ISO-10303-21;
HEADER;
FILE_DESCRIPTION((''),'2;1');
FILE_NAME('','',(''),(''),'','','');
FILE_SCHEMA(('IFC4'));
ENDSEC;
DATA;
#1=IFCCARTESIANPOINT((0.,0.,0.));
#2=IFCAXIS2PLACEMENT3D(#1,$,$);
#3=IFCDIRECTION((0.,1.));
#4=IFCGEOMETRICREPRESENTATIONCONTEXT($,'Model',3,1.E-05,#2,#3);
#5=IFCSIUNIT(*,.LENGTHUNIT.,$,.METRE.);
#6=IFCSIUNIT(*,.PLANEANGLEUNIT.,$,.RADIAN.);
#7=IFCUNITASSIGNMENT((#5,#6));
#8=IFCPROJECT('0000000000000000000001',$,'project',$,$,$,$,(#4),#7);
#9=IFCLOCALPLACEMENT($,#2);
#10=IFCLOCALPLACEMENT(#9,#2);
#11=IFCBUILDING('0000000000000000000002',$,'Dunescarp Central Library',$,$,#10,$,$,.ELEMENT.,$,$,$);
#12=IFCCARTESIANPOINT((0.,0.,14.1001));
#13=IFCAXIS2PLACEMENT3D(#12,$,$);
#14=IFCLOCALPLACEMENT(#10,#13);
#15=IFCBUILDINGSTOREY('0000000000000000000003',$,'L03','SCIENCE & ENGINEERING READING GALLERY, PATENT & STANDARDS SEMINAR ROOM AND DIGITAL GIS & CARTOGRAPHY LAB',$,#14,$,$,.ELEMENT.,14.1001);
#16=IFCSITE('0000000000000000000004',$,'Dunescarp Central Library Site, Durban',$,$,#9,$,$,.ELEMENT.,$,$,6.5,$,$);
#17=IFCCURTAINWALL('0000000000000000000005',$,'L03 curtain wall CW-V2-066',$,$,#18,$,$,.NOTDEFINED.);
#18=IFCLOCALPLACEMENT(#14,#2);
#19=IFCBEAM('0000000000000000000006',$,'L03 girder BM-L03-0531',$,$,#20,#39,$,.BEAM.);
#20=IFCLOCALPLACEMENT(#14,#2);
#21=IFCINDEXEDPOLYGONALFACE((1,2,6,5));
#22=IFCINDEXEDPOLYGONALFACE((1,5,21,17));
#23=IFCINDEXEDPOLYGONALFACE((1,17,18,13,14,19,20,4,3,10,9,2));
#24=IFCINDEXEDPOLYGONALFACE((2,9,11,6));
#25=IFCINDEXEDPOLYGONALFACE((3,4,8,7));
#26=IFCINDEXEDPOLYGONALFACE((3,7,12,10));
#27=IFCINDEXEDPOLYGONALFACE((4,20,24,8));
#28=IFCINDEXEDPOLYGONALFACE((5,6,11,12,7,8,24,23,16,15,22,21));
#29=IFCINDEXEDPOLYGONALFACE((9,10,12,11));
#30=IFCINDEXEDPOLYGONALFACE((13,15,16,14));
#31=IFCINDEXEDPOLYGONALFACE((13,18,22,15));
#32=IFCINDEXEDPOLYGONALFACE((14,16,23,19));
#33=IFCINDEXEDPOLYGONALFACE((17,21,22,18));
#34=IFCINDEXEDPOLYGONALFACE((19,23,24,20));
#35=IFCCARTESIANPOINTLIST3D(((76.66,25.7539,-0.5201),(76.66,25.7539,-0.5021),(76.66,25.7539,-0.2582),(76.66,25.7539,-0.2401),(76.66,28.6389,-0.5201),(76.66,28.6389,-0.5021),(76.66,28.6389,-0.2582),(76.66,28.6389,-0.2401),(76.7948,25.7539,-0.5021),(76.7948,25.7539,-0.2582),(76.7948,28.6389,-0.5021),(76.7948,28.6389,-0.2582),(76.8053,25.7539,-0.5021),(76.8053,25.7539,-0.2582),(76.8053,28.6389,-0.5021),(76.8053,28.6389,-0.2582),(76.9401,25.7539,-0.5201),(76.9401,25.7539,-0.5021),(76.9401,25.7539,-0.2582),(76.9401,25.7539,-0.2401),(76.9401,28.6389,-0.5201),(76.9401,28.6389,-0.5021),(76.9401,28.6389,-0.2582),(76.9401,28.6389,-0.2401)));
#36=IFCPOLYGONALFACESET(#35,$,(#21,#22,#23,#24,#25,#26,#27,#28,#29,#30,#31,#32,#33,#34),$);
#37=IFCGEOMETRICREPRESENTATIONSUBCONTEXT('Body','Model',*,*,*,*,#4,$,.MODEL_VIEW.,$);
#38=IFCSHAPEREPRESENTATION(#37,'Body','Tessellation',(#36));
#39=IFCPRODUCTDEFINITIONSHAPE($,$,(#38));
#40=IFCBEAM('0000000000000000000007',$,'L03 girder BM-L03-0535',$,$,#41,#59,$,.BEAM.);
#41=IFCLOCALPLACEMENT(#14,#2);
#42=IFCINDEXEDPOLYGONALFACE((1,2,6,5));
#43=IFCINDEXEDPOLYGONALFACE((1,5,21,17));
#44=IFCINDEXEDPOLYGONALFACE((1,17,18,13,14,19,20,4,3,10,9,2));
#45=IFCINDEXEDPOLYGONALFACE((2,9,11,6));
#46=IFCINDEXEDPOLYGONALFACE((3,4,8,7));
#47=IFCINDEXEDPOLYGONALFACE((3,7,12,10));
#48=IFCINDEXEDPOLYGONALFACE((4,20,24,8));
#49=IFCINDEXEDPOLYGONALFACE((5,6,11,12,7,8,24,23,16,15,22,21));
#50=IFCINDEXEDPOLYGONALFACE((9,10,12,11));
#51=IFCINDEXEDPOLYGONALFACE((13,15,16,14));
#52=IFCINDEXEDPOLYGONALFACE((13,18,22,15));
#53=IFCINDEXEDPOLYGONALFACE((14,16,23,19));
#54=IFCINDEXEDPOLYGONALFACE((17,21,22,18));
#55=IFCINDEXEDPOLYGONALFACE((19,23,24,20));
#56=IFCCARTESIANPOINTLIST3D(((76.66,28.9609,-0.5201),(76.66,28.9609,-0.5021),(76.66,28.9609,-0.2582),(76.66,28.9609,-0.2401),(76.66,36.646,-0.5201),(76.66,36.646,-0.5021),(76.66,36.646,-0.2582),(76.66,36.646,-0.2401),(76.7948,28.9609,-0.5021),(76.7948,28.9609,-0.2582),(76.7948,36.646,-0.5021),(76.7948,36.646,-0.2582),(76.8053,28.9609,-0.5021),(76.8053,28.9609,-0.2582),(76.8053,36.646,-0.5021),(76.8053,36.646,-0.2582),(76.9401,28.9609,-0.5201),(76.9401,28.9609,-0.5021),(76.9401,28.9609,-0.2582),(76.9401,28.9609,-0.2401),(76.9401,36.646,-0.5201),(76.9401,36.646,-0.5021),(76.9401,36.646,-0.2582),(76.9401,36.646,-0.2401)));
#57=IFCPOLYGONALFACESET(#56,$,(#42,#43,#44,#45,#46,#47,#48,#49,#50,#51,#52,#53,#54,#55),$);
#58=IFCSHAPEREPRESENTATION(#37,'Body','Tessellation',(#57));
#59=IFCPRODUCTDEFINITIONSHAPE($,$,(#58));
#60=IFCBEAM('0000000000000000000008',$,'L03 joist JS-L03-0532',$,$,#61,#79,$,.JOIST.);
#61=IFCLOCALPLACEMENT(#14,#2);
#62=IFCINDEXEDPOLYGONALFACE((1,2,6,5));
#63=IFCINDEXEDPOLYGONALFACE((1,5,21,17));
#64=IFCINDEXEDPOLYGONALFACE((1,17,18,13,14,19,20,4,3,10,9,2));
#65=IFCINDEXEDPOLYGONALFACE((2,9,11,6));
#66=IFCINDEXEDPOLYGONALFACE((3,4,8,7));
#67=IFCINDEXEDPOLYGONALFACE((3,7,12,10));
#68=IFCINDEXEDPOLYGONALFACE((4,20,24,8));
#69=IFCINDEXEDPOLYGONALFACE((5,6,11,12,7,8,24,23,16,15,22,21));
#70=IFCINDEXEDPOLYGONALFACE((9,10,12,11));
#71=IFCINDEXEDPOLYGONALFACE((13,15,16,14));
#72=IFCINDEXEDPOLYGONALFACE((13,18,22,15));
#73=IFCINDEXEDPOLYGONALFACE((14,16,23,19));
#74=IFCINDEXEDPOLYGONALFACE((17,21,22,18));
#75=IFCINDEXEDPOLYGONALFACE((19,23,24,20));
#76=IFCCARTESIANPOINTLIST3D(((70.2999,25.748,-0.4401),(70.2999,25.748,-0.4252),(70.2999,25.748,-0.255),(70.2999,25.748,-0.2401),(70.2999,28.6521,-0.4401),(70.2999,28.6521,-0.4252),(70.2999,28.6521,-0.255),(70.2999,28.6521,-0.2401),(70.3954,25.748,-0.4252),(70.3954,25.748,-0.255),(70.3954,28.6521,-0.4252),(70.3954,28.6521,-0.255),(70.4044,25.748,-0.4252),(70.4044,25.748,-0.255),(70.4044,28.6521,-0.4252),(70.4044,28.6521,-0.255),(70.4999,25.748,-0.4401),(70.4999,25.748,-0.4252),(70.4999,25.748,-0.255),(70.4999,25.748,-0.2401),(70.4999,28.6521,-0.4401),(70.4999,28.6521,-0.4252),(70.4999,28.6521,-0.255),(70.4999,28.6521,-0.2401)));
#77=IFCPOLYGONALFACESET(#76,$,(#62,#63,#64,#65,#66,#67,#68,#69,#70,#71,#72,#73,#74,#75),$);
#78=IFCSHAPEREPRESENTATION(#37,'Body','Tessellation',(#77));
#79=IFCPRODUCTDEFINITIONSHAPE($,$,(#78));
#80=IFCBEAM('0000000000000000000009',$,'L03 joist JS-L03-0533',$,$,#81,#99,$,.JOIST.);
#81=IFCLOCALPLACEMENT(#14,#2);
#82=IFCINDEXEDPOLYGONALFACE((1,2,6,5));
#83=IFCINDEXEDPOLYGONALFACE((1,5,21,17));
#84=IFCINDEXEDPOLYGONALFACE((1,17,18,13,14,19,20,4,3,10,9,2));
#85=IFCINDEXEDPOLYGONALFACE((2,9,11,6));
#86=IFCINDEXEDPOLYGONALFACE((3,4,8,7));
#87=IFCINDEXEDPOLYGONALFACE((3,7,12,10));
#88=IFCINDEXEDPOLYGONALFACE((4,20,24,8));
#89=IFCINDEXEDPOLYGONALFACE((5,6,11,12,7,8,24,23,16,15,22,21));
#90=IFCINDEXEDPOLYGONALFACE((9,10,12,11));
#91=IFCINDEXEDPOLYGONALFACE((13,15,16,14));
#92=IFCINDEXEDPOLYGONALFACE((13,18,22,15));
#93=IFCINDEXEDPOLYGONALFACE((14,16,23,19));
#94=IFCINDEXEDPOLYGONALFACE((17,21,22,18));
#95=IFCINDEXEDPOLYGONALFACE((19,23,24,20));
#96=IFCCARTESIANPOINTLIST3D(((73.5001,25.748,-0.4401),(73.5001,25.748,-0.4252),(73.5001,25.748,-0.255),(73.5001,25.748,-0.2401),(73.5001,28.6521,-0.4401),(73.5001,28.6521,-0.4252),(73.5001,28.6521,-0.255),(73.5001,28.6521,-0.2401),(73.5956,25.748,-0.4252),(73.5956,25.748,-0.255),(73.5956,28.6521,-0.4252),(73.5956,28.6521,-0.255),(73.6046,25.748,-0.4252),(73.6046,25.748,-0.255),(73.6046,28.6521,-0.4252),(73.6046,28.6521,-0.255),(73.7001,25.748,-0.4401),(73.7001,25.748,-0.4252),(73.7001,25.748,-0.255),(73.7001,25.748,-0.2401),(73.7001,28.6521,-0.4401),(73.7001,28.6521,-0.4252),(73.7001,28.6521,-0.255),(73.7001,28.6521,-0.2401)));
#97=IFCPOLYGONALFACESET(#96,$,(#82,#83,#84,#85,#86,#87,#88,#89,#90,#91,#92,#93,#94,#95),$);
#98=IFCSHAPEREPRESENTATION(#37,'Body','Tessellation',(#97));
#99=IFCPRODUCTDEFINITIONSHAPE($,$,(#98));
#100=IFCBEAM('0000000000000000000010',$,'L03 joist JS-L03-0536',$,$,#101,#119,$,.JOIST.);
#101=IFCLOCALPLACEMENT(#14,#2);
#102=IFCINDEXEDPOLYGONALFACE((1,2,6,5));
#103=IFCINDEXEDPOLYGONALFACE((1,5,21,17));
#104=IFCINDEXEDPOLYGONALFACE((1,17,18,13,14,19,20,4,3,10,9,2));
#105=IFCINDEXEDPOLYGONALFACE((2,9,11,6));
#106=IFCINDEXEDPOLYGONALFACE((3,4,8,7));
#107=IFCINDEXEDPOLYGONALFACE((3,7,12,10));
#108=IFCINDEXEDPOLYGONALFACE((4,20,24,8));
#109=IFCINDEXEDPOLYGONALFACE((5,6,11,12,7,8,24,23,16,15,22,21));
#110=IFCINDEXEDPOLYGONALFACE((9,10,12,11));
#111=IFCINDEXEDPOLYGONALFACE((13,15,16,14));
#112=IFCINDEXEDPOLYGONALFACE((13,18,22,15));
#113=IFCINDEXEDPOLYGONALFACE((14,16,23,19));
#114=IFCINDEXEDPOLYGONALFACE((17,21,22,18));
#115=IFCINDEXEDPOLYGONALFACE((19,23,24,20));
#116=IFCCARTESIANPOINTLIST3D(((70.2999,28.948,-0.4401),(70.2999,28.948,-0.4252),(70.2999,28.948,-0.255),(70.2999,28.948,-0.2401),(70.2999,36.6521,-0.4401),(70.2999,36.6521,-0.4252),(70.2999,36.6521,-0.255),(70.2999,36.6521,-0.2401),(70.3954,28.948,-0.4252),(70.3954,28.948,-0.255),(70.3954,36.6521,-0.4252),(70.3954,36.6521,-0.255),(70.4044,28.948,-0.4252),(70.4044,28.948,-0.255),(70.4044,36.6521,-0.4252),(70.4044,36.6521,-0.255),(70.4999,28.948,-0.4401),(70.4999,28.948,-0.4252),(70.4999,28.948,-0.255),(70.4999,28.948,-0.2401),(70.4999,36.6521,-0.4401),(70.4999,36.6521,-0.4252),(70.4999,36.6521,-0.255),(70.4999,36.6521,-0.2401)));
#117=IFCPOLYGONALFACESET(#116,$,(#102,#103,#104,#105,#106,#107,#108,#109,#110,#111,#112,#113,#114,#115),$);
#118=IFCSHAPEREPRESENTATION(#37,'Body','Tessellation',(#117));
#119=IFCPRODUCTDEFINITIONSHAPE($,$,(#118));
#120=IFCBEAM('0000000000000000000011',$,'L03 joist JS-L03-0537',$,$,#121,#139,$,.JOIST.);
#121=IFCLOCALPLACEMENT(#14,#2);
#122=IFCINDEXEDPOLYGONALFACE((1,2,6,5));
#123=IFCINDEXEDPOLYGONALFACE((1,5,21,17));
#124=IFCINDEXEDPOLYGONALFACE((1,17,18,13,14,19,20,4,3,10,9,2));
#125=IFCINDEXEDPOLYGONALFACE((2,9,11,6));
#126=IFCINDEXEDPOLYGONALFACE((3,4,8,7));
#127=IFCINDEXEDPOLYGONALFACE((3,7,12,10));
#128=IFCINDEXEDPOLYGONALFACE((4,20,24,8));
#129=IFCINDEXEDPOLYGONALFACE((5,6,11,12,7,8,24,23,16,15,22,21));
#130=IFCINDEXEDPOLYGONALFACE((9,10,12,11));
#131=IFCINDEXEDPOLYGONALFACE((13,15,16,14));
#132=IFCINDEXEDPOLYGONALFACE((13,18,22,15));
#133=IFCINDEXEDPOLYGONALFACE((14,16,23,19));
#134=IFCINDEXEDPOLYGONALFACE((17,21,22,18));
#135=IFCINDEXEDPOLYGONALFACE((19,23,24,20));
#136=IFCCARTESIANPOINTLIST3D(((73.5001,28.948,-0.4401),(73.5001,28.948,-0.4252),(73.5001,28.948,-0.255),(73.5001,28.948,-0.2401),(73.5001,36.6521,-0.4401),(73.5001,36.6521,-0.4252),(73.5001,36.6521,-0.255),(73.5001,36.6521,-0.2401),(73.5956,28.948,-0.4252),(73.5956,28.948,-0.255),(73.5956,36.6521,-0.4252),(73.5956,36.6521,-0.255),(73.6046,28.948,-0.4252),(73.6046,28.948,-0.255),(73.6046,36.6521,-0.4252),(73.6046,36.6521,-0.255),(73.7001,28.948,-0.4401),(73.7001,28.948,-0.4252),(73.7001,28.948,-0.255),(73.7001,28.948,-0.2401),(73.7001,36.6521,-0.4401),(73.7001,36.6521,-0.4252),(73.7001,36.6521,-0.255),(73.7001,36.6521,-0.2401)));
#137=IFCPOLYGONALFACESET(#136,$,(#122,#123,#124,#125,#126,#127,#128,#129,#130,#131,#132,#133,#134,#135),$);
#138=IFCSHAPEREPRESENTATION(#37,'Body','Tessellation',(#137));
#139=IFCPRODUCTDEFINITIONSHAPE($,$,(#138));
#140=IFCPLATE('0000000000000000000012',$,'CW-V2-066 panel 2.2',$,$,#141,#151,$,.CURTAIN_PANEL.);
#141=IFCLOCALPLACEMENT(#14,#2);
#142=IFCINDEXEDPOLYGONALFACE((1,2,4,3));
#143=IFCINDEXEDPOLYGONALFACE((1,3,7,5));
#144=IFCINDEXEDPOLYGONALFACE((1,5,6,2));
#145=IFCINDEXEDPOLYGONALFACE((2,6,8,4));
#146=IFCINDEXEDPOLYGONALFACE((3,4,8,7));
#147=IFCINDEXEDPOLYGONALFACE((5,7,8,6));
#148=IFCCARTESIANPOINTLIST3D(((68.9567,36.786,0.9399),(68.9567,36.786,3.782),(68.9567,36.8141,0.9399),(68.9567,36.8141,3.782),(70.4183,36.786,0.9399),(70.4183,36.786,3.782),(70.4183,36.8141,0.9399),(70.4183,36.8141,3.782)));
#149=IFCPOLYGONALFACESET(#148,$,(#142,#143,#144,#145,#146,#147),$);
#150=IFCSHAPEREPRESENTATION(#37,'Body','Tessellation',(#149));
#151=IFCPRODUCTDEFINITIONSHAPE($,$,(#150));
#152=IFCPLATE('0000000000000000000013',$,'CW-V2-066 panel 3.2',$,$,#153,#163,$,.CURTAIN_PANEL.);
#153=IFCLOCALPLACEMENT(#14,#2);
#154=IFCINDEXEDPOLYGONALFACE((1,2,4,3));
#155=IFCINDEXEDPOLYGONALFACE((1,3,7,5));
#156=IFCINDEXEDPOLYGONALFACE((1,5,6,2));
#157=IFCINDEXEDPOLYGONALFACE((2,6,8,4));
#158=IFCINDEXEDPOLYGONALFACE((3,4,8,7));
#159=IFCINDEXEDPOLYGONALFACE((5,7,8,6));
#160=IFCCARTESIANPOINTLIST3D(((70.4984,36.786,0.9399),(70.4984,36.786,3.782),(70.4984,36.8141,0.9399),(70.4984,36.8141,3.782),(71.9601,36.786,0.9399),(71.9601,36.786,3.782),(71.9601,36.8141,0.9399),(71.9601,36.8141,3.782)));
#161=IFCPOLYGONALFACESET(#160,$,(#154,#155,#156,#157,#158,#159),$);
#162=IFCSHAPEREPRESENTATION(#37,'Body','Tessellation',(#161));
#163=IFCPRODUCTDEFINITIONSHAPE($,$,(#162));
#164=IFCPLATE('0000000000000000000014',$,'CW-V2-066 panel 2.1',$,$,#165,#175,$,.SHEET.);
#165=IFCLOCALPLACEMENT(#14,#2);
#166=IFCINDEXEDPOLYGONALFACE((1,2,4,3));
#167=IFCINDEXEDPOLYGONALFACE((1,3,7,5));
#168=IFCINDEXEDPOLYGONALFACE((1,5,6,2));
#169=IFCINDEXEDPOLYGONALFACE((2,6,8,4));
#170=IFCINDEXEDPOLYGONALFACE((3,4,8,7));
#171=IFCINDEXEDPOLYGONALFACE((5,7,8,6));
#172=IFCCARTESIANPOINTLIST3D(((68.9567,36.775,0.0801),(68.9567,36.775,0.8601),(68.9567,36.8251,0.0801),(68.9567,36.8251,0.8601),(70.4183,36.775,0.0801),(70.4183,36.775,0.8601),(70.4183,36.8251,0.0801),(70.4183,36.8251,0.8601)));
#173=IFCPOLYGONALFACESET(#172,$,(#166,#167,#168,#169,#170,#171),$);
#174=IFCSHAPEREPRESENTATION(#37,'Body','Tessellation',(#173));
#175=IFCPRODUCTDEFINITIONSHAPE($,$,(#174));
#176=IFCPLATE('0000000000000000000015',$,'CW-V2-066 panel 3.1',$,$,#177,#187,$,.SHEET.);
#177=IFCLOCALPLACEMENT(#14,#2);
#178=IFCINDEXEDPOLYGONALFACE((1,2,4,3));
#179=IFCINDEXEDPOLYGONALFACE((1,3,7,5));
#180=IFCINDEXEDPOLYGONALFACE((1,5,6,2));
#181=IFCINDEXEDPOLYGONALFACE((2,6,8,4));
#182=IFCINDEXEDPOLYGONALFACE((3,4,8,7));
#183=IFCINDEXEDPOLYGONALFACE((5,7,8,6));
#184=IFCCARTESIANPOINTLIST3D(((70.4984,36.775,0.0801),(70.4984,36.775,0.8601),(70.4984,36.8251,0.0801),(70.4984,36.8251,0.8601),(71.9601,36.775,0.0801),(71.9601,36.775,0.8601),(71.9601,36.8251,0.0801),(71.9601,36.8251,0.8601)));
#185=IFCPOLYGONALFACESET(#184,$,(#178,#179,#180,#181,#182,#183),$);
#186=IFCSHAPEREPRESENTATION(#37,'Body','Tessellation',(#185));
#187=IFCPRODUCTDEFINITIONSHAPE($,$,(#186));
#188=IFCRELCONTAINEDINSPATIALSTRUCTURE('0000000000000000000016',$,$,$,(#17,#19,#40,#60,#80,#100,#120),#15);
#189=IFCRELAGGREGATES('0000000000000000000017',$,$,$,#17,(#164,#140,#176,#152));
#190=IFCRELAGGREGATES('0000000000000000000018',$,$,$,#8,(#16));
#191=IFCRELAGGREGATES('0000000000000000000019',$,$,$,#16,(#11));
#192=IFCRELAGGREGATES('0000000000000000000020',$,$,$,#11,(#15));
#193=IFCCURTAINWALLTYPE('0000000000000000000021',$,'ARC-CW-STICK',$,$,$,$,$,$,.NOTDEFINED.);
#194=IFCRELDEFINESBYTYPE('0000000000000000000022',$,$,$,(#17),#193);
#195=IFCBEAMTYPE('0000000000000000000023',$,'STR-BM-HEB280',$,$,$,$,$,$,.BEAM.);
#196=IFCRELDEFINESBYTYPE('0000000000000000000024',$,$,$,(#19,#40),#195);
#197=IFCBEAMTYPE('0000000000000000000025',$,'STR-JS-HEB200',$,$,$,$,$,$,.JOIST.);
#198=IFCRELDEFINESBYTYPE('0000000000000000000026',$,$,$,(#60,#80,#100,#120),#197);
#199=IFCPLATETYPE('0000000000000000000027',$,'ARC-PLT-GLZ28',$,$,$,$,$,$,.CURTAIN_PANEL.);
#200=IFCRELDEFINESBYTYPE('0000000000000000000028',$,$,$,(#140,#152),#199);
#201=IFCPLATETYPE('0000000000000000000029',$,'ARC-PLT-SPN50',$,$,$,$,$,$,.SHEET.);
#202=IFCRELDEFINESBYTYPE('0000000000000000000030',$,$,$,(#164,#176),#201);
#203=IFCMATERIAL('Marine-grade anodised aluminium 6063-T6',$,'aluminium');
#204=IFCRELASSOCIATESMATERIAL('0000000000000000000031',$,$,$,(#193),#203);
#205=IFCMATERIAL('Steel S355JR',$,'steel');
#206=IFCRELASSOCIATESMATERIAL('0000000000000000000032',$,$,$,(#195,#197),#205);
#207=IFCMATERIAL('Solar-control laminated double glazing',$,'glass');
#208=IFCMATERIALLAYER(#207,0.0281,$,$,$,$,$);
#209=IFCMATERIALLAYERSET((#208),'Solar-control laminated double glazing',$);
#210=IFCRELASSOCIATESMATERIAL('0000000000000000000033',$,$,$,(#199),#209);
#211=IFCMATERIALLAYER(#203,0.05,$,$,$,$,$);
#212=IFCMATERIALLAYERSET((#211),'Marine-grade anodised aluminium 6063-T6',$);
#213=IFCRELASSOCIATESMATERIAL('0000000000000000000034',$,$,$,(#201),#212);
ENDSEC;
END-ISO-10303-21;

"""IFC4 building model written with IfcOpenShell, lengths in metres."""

from ifc_helpers import new_model, si_unit, direction, frame, origin, origin_2d, place, context, subcontext, project, spatial, rectangle, i_section, extrude, material, layer, layer_set, material_profile, profile_set, type_object, element, aggregate, save


model = new_model("IFC4")

# Units and contexts
model_context = context("Model", 3, precision=1e-05, world=origin(), true_north=direction((0.0, 1.0)))
body_context = subcontext(model_context, "Body", "Model", "MODEL_VIEW")
ifc_project = project(units=[si_unit("LENGTHUNIT", "METRE"), si_unit("PLANEANGLEUNIT", "RADIAN")], contexts=[model_context])

# Site, building, storey
site_placement = place(None, origin())
site = spatial("IfcSite", under=ifc_project, at=site_placement, Name="Dunescarp Central Library Site, Durban", CompositionType="ELEMENT", RefElevation=6.5)
building_placement = place(site_placement, origin())
building = spatial("IfcBuilding", under=site, at=building_placement, Name="Dunescarp Central Library", CompositionType="ELEMENT")
storey_placement = place(building_placement, frame((0.0, 0.0, 14.1001)))
storey = spatial("IfcBuildingStorey", under=building, at=storey_placement, Name="L03", Description="SCIENCE & ENGINEERING READING GALLERY, PATENT & STANDARDS SEMINAR ROOM AND DIGITAL GIS & CARTOGRAPHY LAB", CompositionType="ELEMENT", Elevation=14.1001)

# Shared definitions
ifc_material_1 = material(Name="Steel S355JR", Category="steel")

# Curtain wall
ifc_material_2 = material(Name="Marine-grade anodised aluminium 6063-T6", Category="aluminium")
curtain_wall_type = type_object("IfcCurtainWallType", Name="ARC-CW-STICK", PredefinedType="NOTDEFINED", material=ifc_material_2)
curtain_wall_placement = place(storey_placement, origin())
curtain_wall = element("IfcCurtainWall", 1, at=curtain_wall_placement, inside=storey, type_object=curtain_wall_type, Name="L03 curtain wall CW-V2-066", PredefinedType="NOTDEFINED")

# Beams
ifc_material_profile_1 = material_profile(ifc_material_1, i_section(OverallWidth=0.28, OverallDepth=0.28, WebThickness=0.0105, FlangeThickness=0.0181, at=origin_2d()), Name="HEB 280")
ifc_profile_set_1 = profile_set([ifc_material_profile_1], Name="Steel S355JR")
beam_type_1 = type_object("IfcBeamType", Name="STR-BM-HEB280", PredefinedType="BEAM", material=ifc_profile_set_1)
beam_1_placement = place(storey_placement, frame((76.8, 25.7539, -0.3801), z_axis=(0.0, 1.0, 0.0), x_axis=(-1.0, 0.0, 0.0)))
element("IfcBeam", 2, at=beam_1_placement, inside=storey, type_object=beam_type_1, Name="L03 girder BM-L03-0531", PredefinedType="BEAM", context=body_context, shape_type="SweptSolid", body=[
    extrude(i_section(OverallWidth=0.28, OverallDepth=0.28, WebThickness=0.0105, FlangeThickness=0.0181, at=origin_2d()), origin(), (0.0, 0.0, 1.0), 2.885),
])
beam_2_placement = place(storey_placement, frame((76.8, 28.9609, -0.3801), z_axis=(0.0, 1.0, 0.0), x_axis=(-1.0, 0.0, 0.0)))
element("IfcBeam", 3, at=beam_2_placement, inside=storey, type_object=beam_type_1, Name="L03 girder BM-L03-0535", PredefinedType="BEAM", context=body_context, shape_type="SweptSolid", body=[
    extrude(i_section(OverallWidth=0.28, OverallDepth=0.28, WebThickness=0.0105, FlangeThickness=0.0181, at=origin_2d()), origin(), (0.0, 0.0, 1.0), 7.6851),
])
ifc_material_profile_2 = material_profile(ifc_material_1, i_section(OverallWidth=0.2, OverallDepth=0.2, WebThickness=0.009, FlangeThickness=0.0149, at=origin_2d()), Name="HEB 200")
ifc_profile_set_2 = profile_set([ifc_material_profile_2], Name="Steel S355JR")
beam_type_2 = type_object("IfcBeamType", Name="STR-JS-HEB200", PredefinedType="JOIST", material=ifc_profile_set_2)
for number, where, z_axis, x_axis, name in (
    (4, (70.3999, 25.748, -0.3401), (0.0, 1.0, 0.0), (-1.0, 0.0, 0.0), "L03 joist JS-L03-0532"),
    (5, (73.6001, 25.748, -0.3401), (0.0, 1.0, 0.0), (-1.0, 0.0, 0.0), "L03 joist JS-L03-0533"),
):
    element("IfcBeam", number, at=place(storey_placement, frame(where, z_axis=z_axis, x_axis=x_axis)), inside=storey, type_object=beam_type_2, Name=name, PredefinedType="JOIST", context=body_context, shape_type="SweptSolid", body=[
        extrude(i_section(OverallWidth=0.2, OverallDepth=0.2, WebThickness=0.009, FlangeThickness=0.0149, at=origin_2d()), origin(), (0.0, 0.0, 1.0), 2.9041),
    ])
for number, where, z_axis, x_axis, name in (
    (6, (70.3999, 28.948, -0.3401), (0.0, 1.0, 0.0), (-1.0, 0.0, 0.0), "L03 joist JS-L03-0536"),
    (7, (73.6001, 28.948, -0.3401), (0.0, 1.0, 0.0), (-1.0, 0.0, 0.0), "L03 joist JS-L03-0537"),
):
    element("IfcBeam", number, at=place(storey_placement, frame(where, z_axis=z_axis, x_axis=x_axis)), inside=storey, type_object=beam_type_2, Name=name, PredefinedType="JOIST", context=body_context, shape_type="SweptSolid", body=[
        extrude(i_section(OverallWidth=0.2, OverallDepth=0.2, WebThickness=0.009, FlangeThickness=0.0149, at=origin_2d()), origin(), (0.0, 0.0, 1.0), 7.7041),
    ])

# Plates
ifc_material_3 = material(Name="Solar-control laminated double glazing", Category="glass")
ifc_layer_1 = layer(ifc_material_3, 0.0281)
ifc_layer_set_1 = layer_set([ifc_layer_1], Name="Solar-control laminated double glazing")
plate_type_1 = type_object("IfcPlateType", Name="ARC-PLT-GLZ28", PredefinedType="CURTAIN_PANEL", material=ifc_layer_set_1)
plate_1_placement = place(storey_placement, frame((69.6875, 36.8, 0.9399), z_axis=(0.0, 0.0, 1.0), x_axis=(1.0, 0.0, 0.0)))
plate_1 = element("IfcPlate", 8, at=plate_1_placement, type_object=plate_type_1, Name="CW-V2-066 panel 2.2", PredefinedType="CURTAIN_PANEL", context=body_context, shape_type="SweptSolid", body=[
    extrude(rectangle(XDim=1.4617, YDim=0.0281, at=origin_2d()), origin(), (0.0, 0.0, 1.0), 2.842),
])
plate_2_placement = place(storey_placement, frame((71.2292, 36.8, 0.9399), z_axis=(0.0, 0.0, 1.0), x_axis=(1.0, 0.0, 0.0)))
plate_2 = element("IfcPlate", 9, at=plate_2_placement, type_object=plate_type_1, Name="CW-V2-066 panel 3.2", PredefinedType="CURTAIN_PANEL", context=body_context, shape_type="SweptSolid", body=[
    extrude(rectangle(XDim=1.4617, YDim=0.0281, at=origin_2d()), origin(), (0.0, 0.0, 1.0), 2.842),
])
ifc_layer_2 = layer(ifc_material_2, 0.05)
ifc_layer_set_2 = layer_set([ifc_layer_2], Name="Marine-grade anodised aluminium 6063-T6")
plate_type_2 = type_object("IfcPlateType", Name="ARC-PLT-SPN50", PredefinedType="SHEET", material=ifc_layer_set_2)
plate_3_placement = place(storey_placement, frame((69.6875, 36.8, 0.0801), z_axis=(0.0, 0.0, 1.0), x_axis=(1.0, 0.0, 0.0)))
plate_3 = element("IfcPlate", 10, at=plate_3_placement, type_object=plate_type_2, Name="CW-V2-066 panel 2.1", PredefinedType="SHEET", context=body_context, shape_type="SweptSolid", body=[
    extrude(rectangle(XDim=1.4617, YDim=0.05, at=origin_2d()), origin(), (0.0, 0.0, 1.0), 0.78),
])
plate_4_placement = place(storey_placement, frame((71.2292, 36.8, 0.0801), z_axis=(0.0, 0.0, 1.0), x_axis=(1.0, 0.0, 0.0)))
plate_4 = element("IfcPlate", 11, at=plate_4_placement, type_object=plate_type_2, Name="CW-V2-066 panel 3.1", PredefinedType="SHEET", context=body_context, shape_type="SweptSolid", body=[
    extrude(rectangle(XDim=1.4617, YDim=0.05, at=origin_2d()), origin(), (0.0, 0.0, 1.0), 0.78),
])
aggregate(curtain_wall, [plate_3, plate_1, plate_4, plate_2])

save(model, "model.ifc")
